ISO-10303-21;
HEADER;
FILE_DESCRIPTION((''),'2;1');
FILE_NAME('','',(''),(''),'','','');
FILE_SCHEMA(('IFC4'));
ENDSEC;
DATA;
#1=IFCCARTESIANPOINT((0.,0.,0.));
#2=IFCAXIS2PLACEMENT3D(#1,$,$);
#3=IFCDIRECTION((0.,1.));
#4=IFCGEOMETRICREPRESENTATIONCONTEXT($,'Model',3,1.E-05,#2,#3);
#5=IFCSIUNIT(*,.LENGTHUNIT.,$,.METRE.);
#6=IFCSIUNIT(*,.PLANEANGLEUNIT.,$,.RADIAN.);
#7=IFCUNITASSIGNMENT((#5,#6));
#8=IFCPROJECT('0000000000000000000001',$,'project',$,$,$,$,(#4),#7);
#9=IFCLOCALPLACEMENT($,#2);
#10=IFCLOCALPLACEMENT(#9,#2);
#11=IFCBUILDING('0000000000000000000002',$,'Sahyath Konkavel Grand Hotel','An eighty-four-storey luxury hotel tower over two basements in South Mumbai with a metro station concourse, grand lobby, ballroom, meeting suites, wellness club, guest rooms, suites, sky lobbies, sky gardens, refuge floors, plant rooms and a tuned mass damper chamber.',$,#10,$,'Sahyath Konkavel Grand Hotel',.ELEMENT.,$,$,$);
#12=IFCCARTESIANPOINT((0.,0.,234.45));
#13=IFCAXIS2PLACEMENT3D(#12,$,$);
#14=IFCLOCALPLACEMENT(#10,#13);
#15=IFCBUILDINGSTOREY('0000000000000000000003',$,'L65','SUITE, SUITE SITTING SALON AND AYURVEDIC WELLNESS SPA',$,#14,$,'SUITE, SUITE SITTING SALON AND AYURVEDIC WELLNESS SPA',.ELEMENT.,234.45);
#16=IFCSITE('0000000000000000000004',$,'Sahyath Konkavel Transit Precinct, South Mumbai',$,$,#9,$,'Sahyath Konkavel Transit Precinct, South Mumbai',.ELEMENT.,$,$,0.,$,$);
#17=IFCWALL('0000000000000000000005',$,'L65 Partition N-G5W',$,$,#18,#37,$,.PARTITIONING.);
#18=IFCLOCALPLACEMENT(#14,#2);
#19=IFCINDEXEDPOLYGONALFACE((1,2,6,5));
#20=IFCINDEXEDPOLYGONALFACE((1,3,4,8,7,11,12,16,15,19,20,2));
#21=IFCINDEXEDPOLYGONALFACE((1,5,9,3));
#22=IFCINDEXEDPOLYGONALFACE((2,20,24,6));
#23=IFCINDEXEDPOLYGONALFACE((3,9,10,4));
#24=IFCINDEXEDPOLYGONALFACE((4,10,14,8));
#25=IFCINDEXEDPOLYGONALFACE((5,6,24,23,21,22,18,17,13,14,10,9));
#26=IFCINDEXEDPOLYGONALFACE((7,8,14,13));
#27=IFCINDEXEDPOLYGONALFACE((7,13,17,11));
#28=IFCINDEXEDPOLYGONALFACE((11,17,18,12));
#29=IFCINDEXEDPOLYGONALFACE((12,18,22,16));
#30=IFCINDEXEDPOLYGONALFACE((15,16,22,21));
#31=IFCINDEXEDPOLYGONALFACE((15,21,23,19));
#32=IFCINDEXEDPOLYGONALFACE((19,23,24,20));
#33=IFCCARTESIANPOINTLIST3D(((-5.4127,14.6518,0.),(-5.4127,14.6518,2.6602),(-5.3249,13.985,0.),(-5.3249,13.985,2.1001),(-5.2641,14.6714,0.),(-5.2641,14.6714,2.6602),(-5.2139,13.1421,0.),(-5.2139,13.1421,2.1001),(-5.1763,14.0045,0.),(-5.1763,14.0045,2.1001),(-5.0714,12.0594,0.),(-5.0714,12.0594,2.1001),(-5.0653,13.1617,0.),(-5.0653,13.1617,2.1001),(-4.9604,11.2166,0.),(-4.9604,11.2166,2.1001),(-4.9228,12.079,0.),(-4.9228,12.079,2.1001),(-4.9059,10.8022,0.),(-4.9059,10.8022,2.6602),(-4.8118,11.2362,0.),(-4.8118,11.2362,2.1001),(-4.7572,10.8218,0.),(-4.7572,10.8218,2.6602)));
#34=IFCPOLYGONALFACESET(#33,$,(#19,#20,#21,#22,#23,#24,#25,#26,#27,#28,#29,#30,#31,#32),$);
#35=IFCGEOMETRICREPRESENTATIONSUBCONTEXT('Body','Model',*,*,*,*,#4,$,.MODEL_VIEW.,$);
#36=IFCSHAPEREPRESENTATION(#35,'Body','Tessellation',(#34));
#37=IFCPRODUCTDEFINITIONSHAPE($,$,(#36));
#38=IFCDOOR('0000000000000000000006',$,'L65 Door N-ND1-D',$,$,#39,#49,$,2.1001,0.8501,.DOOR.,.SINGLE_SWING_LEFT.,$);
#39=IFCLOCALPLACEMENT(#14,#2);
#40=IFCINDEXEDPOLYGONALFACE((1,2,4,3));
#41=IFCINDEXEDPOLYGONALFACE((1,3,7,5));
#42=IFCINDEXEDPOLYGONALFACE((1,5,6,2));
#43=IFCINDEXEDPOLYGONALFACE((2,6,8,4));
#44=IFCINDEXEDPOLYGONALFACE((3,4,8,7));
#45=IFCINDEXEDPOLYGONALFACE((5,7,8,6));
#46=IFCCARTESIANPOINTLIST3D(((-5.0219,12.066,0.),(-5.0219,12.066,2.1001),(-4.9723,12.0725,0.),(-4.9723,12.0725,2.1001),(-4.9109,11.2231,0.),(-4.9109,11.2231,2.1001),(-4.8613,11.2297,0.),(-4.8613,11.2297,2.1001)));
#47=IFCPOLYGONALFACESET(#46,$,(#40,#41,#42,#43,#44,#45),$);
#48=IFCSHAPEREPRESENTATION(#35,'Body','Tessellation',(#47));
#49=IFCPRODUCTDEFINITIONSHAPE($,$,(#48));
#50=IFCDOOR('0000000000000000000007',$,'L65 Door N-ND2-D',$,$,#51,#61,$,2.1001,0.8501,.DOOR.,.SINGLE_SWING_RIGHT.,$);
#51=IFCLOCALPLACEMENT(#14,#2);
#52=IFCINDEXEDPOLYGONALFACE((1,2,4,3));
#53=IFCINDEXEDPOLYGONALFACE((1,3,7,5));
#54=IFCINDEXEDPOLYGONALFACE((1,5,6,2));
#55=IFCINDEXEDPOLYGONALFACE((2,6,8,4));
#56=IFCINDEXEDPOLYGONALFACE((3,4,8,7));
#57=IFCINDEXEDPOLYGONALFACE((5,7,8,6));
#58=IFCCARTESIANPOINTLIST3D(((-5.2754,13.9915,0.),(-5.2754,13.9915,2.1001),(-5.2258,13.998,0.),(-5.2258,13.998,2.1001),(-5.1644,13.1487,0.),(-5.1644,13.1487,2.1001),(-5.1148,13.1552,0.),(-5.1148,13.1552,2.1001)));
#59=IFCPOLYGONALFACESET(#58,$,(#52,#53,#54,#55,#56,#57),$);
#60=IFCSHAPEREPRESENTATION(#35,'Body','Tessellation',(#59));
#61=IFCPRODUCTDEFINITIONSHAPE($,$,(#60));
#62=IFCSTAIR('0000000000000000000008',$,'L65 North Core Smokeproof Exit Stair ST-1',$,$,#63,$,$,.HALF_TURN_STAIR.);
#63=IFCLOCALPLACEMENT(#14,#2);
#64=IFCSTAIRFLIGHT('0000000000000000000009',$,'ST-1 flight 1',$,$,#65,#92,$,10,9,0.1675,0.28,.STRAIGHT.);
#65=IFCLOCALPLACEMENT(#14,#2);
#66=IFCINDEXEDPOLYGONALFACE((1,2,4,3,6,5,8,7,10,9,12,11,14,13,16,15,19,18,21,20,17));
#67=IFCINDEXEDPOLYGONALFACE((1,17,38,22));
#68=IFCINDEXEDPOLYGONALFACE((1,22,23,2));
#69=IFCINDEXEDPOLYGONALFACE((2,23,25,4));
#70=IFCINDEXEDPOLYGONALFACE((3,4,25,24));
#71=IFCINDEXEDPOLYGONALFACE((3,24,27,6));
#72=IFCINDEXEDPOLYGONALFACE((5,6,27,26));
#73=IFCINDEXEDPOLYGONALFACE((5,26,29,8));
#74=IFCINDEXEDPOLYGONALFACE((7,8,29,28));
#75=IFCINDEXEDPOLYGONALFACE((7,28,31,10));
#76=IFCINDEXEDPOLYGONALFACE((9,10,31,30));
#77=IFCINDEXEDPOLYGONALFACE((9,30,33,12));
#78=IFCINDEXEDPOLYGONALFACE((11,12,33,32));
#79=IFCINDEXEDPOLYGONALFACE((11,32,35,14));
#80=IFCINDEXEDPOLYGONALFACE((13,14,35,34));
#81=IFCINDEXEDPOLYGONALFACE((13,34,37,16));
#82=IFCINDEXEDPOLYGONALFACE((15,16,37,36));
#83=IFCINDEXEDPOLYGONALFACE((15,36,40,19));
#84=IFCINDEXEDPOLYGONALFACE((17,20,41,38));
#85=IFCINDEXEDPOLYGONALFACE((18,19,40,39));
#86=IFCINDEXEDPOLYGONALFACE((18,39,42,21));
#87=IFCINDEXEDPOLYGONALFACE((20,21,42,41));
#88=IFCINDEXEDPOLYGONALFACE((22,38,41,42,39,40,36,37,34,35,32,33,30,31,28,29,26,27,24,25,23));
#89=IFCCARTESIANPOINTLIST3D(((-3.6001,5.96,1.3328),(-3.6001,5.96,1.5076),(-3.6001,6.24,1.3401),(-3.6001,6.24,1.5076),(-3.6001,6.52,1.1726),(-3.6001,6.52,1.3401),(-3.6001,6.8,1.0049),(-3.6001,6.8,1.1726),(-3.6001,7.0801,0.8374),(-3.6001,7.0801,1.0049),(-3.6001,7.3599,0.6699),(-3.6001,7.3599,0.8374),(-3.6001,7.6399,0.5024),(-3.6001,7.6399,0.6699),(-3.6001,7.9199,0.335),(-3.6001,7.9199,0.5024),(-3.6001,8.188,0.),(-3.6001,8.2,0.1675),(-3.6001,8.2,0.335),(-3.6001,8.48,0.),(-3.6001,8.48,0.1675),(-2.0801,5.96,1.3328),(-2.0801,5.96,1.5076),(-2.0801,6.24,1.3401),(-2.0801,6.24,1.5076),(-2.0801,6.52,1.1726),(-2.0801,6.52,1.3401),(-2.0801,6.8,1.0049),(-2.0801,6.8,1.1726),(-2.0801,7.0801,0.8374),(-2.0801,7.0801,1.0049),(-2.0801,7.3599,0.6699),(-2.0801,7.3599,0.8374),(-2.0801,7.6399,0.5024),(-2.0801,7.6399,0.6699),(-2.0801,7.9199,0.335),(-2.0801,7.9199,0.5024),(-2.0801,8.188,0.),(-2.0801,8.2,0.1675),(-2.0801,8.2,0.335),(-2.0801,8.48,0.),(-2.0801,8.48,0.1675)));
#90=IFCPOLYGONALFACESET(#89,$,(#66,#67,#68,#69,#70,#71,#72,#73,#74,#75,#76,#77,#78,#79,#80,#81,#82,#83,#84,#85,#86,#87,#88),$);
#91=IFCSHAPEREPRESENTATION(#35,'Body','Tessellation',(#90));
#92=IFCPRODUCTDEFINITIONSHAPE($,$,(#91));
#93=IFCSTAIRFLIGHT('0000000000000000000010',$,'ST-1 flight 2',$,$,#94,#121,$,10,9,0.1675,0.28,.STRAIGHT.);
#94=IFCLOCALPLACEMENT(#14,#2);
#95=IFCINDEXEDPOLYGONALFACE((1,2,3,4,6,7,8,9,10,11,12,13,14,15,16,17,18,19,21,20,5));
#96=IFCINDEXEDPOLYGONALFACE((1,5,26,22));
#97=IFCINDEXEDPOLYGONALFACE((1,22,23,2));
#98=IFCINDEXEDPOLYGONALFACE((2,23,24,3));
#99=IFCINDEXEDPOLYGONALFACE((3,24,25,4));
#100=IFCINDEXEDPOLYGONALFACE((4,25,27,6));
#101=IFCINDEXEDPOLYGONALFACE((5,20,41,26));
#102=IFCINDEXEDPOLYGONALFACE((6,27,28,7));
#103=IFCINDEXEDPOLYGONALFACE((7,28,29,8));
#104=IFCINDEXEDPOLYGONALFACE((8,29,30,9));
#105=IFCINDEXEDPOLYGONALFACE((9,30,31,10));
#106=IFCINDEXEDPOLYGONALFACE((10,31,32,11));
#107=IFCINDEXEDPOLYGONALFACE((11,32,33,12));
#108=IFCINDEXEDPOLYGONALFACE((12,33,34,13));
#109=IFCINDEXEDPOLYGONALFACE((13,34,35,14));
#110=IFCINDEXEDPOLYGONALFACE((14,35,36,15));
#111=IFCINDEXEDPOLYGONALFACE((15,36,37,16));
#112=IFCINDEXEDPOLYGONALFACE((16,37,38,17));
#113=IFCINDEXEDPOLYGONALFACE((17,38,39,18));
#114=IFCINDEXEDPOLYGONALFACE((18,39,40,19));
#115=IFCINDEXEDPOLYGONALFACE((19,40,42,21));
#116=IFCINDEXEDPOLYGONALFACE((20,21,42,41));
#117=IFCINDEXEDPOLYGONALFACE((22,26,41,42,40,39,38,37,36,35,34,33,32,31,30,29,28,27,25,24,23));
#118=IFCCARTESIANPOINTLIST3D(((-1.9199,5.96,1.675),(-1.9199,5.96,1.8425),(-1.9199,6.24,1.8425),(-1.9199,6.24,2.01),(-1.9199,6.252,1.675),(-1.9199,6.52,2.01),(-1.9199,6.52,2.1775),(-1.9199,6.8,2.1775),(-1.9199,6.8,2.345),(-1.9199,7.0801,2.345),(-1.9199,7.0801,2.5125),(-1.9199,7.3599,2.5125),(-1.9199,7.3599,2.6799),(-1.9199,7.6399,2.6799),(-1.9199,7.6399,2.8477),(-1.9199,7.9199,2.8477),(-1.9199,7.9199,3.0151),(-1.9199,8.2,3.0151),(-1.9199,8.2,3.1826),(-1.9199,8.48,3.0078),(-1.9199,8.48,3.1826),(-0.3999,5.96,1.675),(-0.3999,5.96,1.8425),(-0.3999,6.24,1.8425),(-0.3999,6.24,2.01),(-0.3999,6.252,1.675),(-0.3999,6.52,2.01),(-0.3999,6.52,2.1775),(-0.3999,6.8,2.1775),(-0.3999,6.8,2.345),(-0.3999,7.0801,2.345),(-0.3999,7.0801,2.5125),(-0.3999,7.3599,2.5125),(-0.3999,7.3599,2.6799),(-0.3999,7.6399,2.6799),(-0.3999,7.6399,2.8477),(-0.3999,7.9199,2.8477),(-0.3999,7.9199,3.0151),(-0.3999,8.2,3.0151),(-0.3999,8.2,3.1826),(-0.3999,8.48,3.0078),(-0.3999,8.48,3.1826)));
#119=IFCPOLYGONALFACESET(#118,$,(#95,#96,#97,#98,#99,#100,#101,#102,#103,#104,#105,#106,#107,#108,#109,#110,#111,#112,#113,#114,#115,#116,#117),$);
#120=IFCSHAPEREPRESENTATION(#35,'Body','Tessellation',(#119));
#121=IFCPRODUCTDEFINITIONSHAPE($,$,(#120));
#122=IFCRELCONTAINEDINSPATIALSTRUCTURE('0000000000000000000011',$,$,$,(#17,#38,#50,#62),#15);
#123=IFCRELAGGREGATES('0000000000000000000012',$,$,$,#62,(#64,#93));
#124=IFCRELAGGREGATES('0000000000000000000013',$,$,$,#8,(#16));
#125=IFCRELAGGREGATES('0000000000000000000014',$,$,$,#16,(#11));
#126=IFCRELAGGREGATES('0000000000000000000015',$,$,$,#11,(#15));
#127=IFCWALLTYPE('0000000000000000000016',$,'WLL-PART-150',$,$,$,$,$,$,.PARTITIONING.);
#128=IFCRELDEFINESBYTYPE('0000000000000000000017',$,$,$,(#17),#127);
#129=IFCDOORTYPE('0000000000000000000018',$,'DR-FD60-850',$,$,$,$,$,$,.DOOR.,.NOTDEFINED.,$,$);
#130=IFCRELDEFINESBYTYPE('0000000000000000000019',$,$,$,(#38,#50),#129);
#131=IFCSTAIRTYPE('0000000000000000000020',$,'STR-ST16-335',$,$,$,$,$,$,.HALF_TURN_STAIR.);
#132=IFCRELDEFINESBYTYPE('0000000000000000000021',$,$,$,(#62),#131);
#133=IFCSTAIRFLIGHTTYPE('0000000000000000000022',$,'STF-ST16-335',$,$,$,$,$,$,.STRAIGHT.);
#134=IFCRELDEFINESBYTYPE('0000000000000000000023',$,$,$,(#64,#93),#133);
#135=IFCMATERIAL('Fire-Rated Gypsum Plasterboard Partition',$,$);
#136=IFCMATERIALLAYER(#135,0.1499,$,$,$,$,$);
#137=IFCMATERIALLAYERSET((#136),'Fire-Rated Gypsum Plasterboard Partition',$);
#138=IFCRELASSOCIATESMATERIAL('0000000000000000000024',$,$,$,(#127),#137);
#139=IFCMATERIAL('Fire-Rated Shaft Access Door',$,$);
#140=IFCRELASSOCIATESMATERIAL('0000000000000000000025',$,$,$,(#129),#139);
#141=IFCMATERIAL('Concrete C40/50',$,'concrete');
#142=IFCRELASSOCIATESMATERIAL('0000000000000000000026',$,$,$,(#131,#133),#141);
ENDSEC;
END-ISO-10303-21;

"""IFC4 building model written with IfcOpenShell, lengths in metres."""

from ifc_helpers import new_model, si_unit, direction, frame, frame_2d, origin, origin_2d, place, context, subcontext, project, spatial, polyline, rectangle, outline, extrude, source, transform, mapped, material, layer, layer_set, type_object, element, fill, aggregate, save


model = new_model("IFC4")

# Units and contexts
model_context = context("Model", 3, precision=1e-05, world=origin(), true_north=direction((0.0, 1.0)))
body_context = subcontext(model_context, "Body", "Model", "MODEL_VIEW")
ifc_project = project(units=[si_unit("LENGTHUNIT", "METRE"), si_unit("PLANEANGLEUNIT", "RADIAN")], contexts=[model_context])

# Site, building, storey
site_placement = place(None, origin())
site = spatial("IfcSite", under=ifc_project, at=site_placement, Name="Sahyath Konkavel Transit Precinct, South Mumbai", LongName="Sahyath Konkavel Transit Precinct, South Mumbai", CompositionType="ELEMENT", RefElevation=0.0)
building_placement = place(site_placement, origin())
building = spatial("IfcBuilding", under=site, at=building_placement, Name="Sahyath Konkavel Grand Hotel", Description="An eighty-four-storey luxury hotel tower over two basements in South Mumbai with a metro station concourse, grand lobby, ballroom, meeting suites, wellness club, guest rooms, suites, sky lobbies, sky gardens, refuge floors, plant rooms and a tuned mass damper chamber.", LongName="Sahyath Konkavel Grand Hotel", CompositionType="ELEMENT")
storey_placement = place(building_placement, frame((0.0, 0.0, 234.45)))
storey = spatial("IfcBuildingStorey", under=building, at=storey_placement, Name="L65", Description="SUITE, SUITE SITTING SALON AND AYURVEDIC WELLNESS SPA", LongName="SUITE, SUITE SITTING SALON AND AYURVEDIC WELLNESS SPA", CompositionType="ELEMENT", Elevation=234.45)

# Shared definitions
ifc_material_1 = material(Name="Concrete C40/50", Category="concrete")

# Wall, openings, doors
ifc_material_2 = material(Name="Fire-Rated Gypsum Plasterboard Partition")
ifc_layer_1 = layer(ifc_material_2, 0.1499)
ifc_layer_set_1 = layer_set([ifc_layer_1], Name="Fire-Rated Gypsum Plasterboard Partition")
wall_type_1 = type_object("IfcWallType", Name="WLL-PART-150", PredefinedType="PARTITIONING", material=ifc_layer_set_1)
wall_1_placement = place(storey_placement, frame((-4.8315, 10.812, 0.0), z_axis=(0.0, 0.0, 1.0), x_axis=(-0.130533, 0.991444, 0.0)))
wall_1 = element("IfcWall", 1, at=wall_1_placement, inside=storey, type_object=wall_type_1, Name="L65 Partition N-G5W", PredefinedType="PARTITIONING", context=body_context, shape_type="SweptSolid", body=[
    extrude(rectangle(XDim=3.8828, YDim=0.1499, at=frame_2d((1.9414, 0.0))), origin(), (0.0, 0.0, 1.0), 2.6602),
])
opening_1_placement = place(wall_1_placement, frame((0.418, 0.0, 0.0)))
opening_1 = element("IfcOpeningElement", 2, at=opening_1_placement, cuts=wall_1, PredefinedType="OPENING", context=body_context, shape_type="SweptSolid", body=[
    extrude(rectangle(XDim=0.8501, YDim=2.1001, at=frame_2d((0.425, 1.05))), frame((0.0, 0.085, 0.0), z_axis=(0.0, -1.0, 0.0), x_axis=(1.0, 0.0, 0.0)), (0.0, 0.0, 1.0), 0.1699),
])
opening_2_placement = place(wall_1_placement, frame((2.3601, 0.0, 0.0)))
opening_2 = element("IfcOpeningElement", 3, at=opening_2_placement, cuts=wall_1, PredefinedType="OPENING", context=body_context, shape_type="SweptSolid", body=[
    extrude(rectangle(XDim=0.8501, YDim=2.1001, at=frame_2d((0.425, 1.05))), frame((0.0, 0.085, 0.0), z_axis=(0.0, -1.0, 0.0), x_axis=(1.0, 0.0, 0.0)), (0.0, 0.0, 1.0), 0.1699),
])
ifc_material_3 = material(Name="Fire-Rated Shaft Access Door")
door_type = type_object("IfcDoorType", Name="DR-FD60-850", OperationType="NOTDEFINED", PredefinedType="DOOR", material=ifc_material_3)
shared_shape_1 = source(origin(), body_context, "Body", "SweptSolid", [
    extrude(rectangle(XDim=0.8501, YDim=0.05, at=origin_2d()), origin(), (0.0, 0.0, 1.0), 2.1001),
])
door_1_placement = place(opening_1_placement, frame((0.425, 0.0, 0.0)))
door_1 = element("IfcDoor", 4, at=door_1_placement, inside=storey, type_object=door_type, Name="L65 Door N-ND1-D", OperationType="SINGLE_SWING_LEFT", OverallHeight=2.1001, OverallWidth=0.8501, PredefinedType="DOOR", context=body_context, shape_type="MappedRepresentation", body=[
    mapped(shared_shape_1, transform((0.0, 0.0, 0.0), scale=1.0)),
])
fill(opening_1, door_1)
door_2_placement = place(opening_2_placement, frame((0.425, 0.0, 0.0)))
door_2 = element("IfcDoor", 5, at=door_2_placement, inside=storey, type_object=door_type, Name="L65 Door N-ND2-D", OperationType="SINGLE_SWING_RIGHT", OverallHeight=2.1001, OverallWidth=0.8501, PredefinedType="DOOR", context=body_context, shape_type="MappedRepresentation", body=[
    mapped(shared_shape_1, transform((0.0, 0.0, 0.0), scale=1.0)),
])
fill(opening_2, door_2)

# Stair, stair flights
stair_type = type_object("IfcStairType", Name="STR-ST16-335", PredefinedType="HALF_TURN_STAIR", material=ifc_material_1)
stair_placement = place(storey_placement, origin())
stair = element("IfcStair", 6, at=stair_placement, inside=storey, type_object=stair_type, Name="L65 North Core Smokeproof Exit Stair ST-1", PredefinedType="HALF_TURN_STAIR")
stair_flight_type = type_object("IfcStairFlightType", Name="STF-ST16-335", PredefinedType="STRAIGHT", material=ifc_material_1)
stair_flight_1_placement = place(storey_placement, frame((-2.8401, 8.48, 0.0), z_axis=(0.0, 0.0, 1.0), x_axis=(0.0, -1.0, 0.0)))
stair_flight_1 = element("IfcStairFlight", 7, at=stair_flight_1_placement, type_object=stair_flight_type, Name="ST-1 flight 1", NumberOfRisers=10, NumberOfTreads=9, PredefinedType="STRAIGHT", RiserHeight=0.1675, TreadLength=0.28, context=body_context, shape_type="SweptSolid", body=[
    extrude(outline(polyline([(0.0, 0.0), (0.0, 0.1675), (0.28, 0.1675), (0.28, 0.335), (0.5601, 0.335), (0.5601, 0.5024), (0.8401, 0.5024), (0.8401, 0.6699), (1.1201, 0.6699), (1.1201, 0.8374), (1.3999, 0.8374), (1.3999, 1.0049), (1.6799, 1.0049), (1.6799, 1.1726), (1.96, 1.1726), (1.96, 1.3401), (2.24, 1.3401), (2.24, 1.5076), (2.52, 1.5076), (2.52, 1.675), (2.52, 1.3328), (0.292, 0.0), (0.0, 0.0)])), frame((0.0, 0.76, 0.0), z_axis=(0.0, -1.0, 0.0), x_axis=(1.0, 0.0, 0.0)), (0.0, 0.0, 1.0), 1.52),
])
stair_flight_2_placement = place(storey_placement, frame((-1.1599, 5.96, 1.675), z_axis=(0.0, 0.0, 1.0), x_axis=(0.0, 1.0, 0.0)))
stair_flight_2 = element("IfcStairFlight", 8, at=stair_flight_2_placement, type_object=stair_flight_type, Name="ST-1 flight 2", NumberOfRisers=10, NumberOfTreads=9, PredefinedType="STRAIGHT", RiserHeight=0.1675, TreadLength=0.28, context=body_context, shape_type="SweptSolid", body=[
    extrude(outline(polyline([(0.0, 0.0), (0.0, 0.1675), (0.28, 0.1675), (0.28, 0.335), (0.5601, 0.335), (0.5601, 0.5024), (0.8401, 0.5024), (0.8401, 0.6699), (1.1201, 0.6699), (1.1201, 0.8374), (1.3999, 0.8374), (1.3999, 1.0049), (1.6799, 1.0049), (1.6799, 1.1726), (1.96, 1.1726), (1.96, 1.3401), (2.24, 1.3401), (2.24, 1.5076), (2.52, 1.5076), (2.52, 1.675), (2.52, 1.3328), (0.292, 0.0), (0.0, 0.0)])), frame((0.0, 0.76, 0.0), z_axis=(0.0, -1.0, 0.0), x_axis=(1.0, 0.0, 0.0)), (0.0, 0.0, 1.0), 1.52),
])
aggregate(stair, [stair_flight_1, stair_flight_2])

save(model, "model.ifc")
